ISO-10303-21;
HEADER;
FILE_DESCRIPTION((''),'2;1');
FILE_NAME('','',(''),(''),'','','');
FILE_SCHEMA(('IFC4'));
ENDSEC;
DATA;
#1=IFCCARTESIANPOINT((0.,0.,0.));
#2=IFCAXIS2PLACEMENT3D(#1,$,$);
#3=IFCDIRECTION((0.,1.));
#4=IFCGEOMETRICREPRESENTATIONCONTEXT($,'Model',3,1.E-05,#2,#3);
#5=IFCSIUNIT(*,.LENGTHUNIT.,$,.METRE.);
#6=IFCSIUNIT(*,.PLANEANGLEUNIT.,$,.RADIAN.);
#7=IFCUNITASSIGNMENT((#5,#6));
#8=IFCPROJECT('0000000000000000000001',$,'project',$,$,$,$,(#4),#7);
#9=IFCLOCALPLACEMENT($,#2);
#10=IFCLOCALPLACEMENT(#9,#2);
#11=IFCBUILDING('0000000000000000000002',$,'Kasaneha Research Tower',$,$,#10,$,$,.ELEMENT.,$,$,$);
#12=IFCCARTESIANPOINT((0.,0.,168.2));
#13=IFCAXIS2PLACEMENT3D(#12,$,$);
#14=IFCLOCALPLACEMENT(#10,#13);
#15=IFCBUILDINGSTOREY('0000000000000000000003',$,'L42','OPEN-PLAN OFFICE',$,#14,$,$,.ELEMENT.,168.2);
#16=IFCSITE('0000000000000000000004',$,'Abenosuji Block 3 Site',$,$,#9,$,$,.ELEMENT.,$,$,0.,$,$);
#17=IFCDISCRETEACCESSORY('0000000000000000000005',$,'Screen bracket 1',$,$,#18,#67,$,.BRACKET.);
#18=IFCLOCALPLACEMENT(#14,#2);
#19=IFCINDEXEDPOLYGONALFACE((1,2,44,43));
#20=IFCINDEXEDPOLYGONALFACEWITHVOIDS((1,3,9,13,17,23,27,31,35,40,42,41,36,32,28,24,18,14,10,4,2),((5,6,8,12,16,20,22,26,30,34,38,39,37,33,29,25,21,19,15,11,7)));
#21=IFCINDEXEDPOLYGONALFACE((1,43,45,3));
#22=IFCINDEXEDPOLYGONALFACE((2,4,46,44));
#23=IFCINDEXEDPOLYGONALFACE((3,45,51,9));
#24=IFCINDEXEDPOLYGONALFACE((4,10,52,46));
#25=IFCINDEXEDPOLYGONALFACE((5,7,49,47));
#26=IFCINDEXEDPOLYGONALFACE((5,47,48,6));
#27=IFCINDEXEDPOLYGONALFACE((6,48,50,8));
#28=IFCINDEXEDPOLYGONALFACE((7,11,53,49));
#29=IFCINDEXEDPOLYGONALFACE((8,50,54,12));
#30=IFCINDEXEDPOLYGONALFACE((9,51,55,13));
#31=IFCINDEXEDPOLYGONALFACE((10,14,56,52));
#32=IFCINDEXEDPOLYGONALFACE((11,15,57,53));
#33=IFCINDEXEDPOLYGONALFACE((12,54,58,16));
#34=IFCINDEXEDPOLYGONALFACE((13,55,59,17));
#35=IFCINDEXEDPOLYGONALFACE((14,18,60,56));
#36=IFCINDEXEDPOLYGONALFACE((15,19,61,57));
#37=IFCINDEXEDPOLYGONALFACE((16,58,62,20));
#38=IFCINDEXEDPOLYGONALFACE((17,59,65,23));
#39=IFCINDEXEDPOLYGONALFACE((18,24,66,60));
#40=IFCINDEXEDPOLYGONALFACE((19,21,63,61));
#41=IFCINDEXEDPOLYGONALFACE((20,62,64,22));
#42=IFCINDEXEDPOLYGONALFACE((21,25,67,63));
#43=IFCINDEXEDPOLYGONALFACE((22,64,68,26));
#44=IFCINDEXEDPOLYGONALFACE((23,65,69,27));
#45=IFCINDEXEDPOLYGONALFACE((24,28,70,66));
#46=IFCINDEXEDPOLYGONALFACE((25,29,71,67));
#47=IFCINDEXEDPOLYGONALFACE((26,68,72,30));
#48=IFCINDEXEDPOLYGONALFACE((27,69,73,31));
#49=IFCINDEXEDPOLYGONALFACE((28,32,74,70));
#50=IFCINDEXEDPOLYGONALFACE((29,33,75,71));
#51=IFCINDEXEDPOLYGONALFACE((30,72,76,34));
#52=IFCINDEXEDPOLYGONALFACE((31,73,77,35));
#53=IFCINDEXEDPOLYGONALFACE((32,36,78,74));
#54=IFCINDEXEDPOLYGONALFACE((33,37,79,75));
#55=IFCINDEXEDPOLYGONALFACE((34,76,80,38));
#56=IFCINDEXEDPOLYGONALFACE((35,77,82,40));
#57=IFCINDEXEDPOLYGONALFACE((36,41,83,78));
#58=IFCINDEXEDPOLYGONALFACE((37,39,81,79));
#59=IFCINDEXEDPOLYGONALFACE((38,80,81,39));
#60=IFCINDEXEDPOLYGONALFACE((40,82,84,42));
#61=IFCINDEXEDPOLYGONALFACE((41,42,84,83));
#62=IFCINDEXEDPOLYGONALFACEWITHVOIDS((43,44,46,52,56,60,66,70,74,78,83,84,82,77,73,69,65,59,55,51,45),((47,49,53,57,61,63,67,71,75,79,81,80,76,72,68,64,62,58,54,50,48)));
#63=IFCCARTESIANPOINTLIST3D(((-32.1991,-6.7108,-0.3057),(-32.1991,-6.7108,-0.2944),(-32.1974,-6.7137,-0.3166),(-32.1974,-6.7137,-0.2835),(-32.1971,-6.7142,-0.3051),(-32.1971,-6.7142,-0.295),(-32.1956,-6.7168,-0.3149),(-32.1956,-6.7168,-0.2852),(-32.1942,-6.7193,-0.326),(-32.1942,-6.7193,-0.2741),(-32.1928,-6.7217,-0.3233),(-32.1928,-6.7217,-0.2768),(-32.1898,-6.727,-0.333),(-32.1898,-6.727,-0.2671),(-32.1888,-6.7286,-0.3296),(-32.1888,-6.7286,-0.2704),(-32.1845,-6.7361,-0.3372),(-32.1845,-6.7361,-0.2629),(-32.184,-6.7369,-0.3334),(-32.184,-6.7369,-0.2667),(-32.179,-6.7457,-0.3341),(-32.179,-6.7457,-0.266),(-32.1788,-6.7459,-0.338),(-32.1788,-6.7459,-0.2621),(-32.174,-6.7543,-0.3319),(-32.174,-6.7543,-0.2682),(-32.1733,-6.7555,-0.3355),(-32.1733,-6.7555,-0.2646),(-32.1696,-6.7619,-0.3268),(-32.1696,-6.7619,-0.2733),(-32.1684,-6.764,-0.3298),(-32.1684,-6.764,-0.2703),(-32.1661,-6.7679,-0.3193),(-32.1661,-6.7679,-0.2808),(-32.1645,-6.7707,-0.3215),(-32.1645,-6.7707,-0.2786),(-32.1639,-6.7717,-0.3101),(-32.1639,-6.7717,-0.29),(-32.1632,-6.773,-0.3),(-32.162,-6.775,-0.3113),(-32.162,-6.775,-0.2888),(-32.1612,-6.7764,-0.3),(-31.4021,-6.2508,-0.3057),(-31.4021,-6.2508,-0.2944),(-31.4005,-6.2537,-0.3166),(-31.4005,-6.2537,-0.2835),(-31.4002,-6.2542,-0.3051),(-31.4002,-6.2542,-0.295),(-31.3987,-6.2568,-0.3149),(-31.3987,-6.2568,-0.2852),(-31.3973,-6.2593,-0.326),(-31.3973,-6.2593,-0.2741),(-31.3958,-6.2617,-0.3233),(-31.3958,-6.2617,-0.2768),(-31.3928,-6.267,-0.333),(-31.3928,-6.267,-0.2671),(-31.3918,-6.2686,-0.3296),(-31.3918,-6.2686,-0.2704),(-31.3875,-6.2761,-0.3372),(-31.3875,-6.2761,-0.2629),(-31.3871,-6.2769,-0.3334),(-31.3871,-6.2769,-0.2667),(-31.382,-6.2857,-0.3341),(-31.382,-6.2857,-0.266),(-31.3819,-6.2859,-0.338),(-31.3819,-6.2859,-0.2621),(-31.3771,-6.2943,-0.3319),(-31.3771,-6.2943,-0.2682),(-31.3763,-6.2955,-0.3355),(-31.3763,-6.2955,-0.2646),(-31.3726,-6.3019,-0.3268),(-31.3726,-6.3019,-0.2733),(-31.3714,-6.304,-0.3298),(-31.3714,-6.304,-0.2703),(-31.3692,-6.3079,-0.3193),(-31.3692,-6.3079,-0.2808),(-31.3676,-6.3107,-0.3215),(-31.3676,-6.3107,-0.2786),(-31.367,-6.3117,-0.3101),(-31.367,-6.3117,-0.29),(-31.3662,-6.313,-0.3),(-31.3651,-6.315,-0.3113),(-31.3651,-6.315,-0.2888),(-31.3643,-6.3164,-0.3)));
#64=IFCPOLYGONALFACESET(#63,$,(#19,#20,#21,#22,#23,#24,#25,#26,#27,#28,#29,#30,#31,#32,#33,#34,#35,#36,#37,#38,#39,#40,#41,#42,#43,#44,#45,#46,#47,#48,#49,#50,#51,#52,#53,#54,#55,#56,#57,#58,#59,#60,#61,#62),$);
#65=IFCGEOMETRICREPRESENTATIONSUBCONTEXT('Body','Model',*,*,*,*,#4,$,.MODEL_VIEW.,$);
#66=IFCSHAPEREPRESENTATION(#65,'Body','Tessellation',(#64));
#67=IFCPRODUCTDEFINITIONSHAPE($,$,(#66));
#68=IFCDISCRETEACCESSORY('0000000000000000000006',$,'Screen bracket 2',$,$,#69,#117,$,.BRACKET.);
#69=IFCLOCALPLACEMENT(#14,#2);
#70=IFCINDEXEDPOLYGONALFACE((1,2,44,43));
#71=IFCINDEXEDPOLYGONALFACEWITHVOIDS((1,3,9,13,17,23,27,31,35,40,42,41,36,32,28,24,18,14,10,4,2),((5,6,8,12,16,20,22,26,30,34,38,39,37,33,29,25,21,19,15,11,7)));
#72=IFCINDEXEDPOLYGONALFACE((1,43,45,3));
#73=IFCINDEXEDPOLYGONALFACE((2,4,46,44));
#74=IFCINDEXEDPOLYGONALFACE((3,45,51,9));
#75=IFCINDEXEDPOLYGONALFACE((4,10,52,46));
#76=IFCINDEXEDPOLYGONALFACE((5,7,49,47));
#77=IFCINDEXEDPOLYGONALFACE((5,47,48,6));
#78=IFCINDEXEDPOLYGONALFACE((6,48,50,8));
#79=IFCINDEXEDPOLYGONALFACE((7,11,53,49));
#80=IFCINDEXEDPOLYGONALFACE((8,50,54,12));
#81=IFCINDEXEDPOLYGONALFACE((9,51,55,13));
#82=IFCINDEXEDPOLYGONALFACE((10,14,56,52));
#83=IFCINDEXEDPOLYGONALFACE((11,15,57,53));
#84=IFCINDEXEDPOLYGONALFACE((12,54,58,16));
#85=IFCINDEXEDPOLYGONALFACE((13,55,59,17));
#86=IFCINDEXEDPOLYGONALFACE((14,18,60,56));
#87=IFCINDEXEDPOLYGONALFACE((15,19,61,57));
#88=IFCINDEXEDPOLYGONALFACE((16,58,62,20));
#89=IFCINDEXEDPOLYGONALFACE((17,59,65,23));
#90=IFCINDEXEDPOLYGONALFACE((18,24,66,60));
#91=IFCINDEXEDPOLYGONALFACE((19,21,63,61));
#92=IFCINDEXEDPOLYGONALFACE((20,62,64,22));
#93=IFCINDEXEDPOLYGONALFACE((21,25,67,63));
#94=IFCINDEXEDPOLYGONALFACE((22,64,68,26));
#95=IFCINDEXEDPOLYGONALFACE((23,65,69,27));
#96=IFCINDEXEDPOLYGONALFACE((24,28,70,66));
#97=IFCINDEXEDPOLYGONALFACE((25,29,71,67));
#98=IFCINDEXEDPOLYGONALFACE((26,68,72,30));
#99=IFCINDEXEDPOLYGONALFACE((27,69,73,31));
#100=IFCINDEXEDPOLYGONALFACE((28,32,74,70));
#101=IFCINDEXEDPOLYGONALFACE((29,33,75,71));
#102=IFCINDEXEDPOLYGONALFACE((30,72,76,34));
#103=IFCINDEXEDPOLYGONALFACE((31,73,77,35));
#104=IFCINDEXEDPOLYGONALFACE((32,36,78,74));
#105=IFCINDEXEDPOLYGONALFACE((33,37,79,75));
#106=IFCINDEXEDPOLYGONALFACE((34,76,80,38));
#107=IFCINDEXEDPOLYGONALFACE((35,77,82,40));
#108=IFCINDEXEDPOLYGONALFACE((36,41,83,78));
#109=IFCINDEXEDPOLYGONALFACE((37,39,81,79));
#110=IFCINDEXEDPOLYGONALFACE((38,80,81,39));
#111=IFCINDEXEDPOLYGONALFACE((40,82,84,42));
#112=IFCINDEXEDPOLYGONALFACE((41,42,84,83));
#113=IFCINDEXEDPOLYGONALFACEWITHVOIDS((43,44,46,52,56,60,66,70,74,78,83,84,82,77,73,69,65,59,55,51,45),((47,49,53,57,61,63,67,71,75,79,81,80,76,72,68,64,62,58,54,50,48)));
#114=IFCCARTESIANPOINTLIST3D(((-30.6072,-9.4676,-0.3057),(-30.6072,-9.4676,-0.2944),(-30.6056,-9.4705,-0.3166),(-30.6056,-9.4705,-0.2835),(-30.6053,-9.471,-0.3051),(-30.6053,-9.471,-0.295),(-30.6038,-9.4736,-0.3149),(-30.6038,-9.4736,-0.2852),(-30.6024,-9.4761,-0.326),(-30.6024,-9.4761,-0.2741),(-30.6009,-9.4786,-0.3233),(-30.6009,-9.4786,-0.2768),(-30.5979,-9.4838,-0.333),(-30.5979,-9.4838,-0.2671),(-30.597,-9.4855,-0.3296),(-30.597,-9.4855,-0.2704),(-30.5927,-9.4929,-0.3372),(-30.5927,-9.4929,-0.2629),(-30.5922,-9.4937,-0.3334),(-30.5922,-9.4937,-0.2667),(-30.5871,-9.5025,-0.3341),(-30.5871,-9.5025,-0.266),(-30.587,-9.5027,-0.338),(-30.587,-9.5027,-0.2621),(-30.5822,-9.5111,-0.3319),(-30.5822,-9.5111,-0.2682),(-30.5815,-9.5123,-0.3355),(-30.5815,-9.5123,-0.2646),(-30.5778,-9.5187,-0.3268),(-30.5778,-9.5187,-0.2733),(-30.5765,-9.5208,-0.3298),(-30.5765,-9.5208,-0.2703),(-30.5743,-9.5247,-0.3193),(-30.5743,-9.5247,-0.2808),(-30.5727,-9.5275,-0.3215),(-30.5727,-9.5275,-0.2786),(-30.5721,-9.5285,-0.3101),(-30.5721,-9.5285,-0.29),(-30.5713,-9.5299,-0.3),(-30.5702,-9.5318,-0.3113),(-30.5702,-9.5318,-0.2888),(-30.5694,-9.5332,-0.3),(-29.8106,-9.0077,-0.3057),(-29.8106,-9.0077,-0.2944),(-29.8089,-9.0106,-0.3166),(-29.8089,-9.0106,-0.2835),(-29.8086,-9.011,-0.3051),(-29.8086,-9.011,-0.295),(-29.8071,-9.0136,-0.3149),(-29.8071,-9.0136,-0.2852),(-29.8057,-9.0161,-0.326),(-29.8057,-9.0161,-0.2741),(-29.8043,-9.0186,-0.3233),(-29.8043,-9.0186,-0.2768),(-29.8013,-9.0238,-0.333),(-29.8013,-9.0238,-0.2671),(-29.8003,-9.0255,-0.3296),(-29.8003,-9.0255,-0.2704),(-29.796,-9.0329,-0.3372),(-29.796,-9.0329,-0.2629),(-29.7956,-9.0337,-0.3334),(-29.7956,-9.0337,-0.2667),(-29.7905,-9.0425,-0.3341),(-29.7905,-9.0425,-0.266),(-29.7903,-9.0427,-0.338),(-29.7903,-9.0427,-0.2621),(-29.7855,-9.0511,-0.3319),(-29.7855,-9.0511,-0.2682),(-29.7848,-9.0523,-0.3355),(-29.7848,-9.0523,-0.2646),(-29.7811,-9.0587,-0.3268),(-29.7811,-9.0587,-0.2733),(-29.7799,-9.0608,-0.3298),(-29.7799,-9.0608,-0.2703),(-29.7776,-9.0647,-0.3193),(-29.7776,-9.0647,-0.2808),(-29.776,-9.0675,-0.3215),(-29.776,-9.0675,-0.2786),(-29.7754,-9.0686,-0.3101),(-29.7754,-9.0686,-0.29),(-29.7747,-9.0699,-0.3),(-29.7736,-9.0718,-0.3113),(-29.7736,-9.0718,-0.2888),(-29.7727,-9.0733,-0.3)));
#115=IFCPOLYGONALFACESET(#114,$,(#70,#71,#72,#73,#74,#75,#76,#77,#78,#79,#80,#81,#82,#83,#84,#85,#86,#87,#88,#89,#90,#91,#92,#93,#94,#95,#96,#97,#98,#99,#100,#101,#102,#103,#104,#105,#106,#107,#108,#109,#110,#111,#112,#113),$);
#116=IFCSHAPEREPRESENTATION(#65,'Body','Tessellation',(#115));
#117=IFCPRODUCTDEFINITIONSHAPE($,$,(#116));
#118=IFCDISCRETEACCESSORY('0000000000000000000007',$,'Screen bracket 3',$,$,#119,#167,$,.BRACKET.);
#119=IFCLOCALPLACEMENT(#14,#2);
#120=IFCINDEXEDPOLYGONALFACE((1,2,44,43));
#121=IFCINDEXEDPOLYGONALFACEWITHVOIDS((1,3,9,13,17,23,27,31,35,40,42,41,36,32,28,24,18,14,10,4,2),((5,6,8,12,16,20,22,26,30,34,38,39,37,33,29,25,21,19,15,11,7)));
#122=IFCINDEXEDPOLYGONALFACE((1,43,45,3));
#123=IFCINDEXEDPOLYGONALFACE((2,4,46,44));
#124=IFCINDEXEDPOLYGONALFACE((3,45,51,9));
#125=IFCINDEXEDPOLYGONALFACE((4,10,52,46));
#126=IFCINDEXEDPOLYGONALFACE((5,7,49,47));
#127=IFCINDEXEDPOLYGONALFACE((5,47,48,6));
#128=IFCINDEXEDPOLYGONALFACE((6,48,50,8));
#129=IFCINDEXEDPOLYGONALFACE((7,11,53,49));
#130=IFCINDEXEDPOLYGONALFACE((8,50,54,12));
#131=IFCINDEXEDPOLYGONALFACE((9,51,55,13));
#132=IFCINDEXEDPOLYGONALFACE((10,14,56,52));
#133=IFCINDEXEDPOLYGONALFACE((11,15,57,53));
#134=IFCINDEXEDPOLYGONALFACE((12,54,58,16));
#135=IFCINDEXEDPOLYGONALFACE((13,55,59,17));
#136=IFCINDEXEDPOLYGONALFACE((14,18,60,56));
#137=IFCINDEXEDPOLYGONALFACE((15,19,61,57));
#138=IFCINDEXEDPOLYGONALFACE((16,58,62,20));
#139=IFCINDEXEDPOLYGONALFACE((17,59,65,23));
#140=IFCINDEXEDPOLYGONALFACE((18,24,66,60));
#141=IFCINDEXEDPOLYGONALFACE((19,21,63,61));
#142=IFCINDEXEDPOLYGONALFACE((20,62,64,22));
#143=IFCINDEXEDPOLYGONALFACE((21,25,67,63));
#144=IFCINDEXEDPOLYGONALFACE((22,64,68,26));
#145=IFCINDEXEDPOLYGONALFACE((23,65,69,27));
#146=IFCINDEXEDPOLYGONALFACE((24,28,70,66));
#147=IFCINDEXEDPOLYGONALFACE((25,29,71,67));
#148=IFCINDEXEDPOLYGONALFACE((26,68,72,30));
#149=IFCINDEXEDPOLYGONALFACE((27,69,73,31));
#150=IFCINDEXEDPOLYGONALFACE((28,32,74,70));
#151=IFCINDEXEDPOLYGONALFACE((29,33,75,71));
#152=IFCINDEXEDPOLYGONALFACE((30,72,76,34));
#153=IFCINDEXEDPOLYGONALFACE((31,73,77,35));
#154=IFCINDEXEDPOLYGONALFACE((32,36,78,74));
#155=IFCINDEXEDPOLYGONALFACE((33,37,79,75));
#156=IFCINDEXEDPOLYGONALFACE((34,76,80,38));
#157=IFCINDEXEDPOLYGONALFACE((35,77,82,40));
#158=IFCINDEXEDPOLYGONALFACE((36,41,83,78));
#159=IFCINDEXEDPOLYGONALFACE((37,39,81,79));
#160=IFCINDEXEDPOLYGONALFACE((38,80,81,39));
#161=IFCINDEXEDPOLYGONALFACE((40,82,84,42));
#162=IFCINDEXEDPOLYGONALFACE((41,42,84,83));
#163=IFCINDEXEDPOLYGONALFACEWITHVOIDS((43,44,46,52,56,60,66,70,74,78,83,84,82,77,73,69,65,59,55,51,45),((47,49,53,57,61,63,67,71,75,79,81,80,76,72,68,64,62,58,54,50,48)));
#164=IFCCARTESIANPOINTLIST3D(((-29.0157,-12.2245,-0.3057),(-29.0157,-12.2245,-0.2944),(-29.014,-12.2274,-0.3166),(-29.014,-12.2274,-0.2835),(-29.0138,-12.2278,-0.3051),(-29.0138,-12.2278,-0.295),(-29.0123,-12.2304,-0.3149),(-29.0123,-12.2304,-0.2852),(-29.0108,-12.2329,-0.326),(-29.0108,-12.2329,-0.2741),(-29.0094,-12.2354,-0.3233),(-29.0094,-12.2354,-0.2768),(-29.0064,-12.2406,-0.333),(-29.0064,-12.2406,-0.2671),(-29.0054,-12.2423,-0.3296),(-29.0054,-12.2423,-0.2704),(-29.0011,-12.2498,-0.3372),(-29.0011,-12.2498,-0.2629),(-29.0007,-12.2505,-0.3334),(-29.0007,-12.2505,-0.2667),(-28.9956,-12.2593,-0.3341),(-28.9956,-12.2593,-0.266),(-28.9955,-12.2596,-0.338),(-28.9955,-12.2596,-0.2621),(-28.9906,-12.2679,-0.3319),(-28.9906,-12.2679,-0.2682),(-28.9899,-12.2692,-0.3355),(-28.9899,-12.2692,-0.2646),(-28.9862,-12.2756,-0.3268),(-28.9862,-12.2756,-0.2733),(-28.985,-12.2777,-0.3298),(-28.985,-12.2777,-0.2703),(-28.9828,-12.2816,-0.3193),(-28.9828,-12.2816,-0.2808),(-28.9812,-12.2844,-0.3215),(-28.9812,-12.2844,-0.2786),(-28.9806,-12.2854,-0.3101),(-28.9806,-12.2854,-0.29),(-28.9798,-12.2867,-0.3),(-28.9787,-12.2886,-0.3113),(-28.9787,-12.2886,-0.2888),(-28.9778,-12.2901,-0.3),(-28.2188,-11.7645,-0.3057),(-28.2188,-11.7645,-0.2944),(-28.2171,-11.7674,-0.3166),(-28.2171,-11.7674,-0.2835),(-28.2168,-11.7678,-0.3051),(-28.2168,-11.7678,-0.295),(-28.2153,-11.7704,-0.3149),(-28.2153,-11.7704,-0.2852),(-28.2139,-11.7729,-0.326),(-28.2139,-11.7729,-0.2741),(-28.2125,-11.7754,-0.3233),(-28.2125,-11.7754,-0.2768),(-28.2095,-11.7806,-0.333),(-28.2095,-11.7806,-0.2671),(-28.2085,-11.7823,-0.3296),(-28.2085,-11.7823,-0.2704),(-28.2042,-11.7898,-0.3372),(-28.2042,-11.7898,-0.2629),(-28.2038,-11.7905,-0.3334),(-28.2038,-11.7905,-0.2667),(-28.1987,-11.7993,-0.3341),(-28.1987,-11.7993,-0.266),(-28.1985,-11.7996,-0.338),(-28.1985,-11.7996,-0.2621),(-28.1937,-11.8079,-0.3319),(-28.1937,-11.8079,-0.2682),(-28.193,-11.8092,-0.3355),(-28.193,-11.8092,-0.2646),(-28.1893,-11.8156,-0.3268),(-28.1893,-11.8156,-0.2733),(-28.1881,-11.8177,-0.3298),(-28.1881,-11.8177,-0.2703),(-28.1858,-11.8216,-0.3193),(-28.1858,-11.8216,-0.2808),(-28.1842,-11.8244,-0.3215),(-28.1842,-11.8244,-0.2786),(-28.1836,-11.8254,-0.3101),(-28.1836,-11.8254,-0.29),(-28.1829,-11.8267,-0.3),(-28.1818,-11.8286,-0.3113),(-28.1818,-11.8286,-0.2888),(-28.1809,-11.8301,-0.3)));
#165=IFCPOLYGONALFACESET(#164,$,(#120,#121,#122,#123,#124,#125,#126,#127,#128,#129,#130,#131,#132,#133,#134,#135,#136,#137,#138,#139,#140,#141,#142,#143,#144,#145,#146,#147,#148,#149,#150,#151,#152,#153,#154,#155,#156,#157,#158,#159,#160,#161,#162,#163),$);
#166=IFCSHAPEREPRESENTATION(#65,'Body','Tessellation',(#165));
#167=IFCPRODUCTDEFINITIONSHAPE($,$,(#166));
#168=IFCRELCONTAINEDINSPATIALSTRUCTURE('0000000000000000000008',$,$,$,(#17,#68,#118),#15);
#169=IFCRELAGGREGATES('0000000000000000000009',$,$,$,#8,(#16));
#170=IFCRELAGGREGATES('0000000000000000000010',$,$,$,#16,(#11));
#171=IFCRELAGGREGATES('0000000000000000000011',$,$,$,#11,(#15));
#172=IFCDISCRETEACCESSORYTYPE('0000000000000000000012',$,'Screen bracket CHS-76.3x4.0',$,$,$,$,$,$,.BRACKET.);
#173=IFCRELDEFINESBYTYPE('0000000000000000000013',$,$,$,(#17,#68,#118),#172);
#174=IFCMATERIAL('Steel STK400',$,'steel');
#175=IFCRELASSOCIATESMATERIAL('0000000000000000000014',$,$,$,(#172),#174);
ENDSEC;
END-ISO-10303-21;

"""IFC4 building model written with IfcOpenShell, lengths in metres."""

from ifc_helpers import new_model, si_unit, direction, frame, origin, origin_2d, place, context, subcontext, project, spatial, hollow_circle, extrude, material, material_profile, profile_set, type_object, element, save


model = new_model("IFC4")

# Units and contexts
model_context = context("Model", 3, precision=1e-05, world=origin(), true_north=direction((0.0, 1.0)))
body_context = subcontext(model_context, "Body", "Model", "MODEL_VIEW")
ifc_project = project(units=[si_unit("LENGTHUNIT", "METRE"), si_unit("PLANEANGLEUNIT", "RADIAN")], contexts=[model_context])

# Site, building, storey
site_placement = place(None, origin())
site = spatial("IfcSite", under=ifc_project, at=site_placement, Name="Abenosuji Block 3 Site", CompositionType="ELEMENT", RefElevation=0.0)
building_placement = place(site_placement, origin())
building = spatial("IfcBuilding", under=site, at=building_placement, Name="Kasaneha Research Tower", CompositionType="ELEMENT")
storey_placement = place(building_placement, frame((0.0, 0.0, 168.2)))
storey = spatial("IfcBuildingStorey", under=building, at=storey_placement, Name="L42", Description="OPEN-PLAN OFFICE", CompositionType="ELEMENT", Elevation=168.2)

# Discrete accessories
ifc_material_1 = material(Name="Steel STK400", Category="steel")
ifc_material_profile_1 = material_profile(ifc_material_1, hollow_circle(Radius=0.0381, WallThickness=0.0039, at=origin_2d()), Name="CHS-76.3x4.0")
ifc_profile_set_1 = profile_set([ifc_material_profile_1], Name="Steel STK400")
discrete_accessory_type = type_object("IfcDiscreteAccessoryType", Name="Screen bracket CHS-76.3x4.0", PredefinedType="BRACKET", material=ifc_profile_set_1)
discrete_accessory_1_placement = place(storey_placement, frame((-31.3833, -6.2834, -0.3), z_axis=(-0.86608, -0.499906, 0.0), x_axis=(0.499906, -0.86608, 0.0)))
element("IfcDiscreteAccessory", 1, at=discrete_accessory_1_placement, inside=storey, type_object=discrete_accessory_type, Name="Screen bracket 1", PredefinedType="BRACKET", context=body_context, shape_type="SweptSolid", body=[
    extrude(hollow_circle(Radius=0.0381, WallThickness=0.0039, at=origin_2d()), origin(), (0.0, 0.0, 1.0), 0.9202),
])
discrete_accessory_2_placement = place(storey_placement, frame((-29.7917, -9.0403, -0.3), z_axis=(-0.866013, -0.500021, 0.0), x_axis=(0.500021, -0.866013, 0.0)))
element("IfcDiscreteAccessory", 2, at=discrete_accessory_2_placement, inside=storey, type_object=discrete_accessory_type, Name="Screen bracket 2", PredefinedType="BRACKET", context=body_context, shape_type="SweptSolid", body=[
    extrude(hollow_circle(Radius=0.0381, WallThickness=0.0039, at=origin_2d()), origin(), (0.0, 0.0, 1.0), 0.9199),
])
discrete_accessory_3_placement = place(storey_placement, frame((-28.2, -11.7971, -0.3), z_axis=(-0.86608, -0.499906, 0.0), x_axis=(0.499906, -0.86608, 0.0)))
element("IfcDiscreteAccessory", 3, at=discrete_accessory_3_placement, inside=storey, type_object=discrete_accessory_type, Name="Screen bracket 3", PredefinedType="BRACKET", context=body_context, shape_type="SweptSolid", body=[
    extrude(hollow_circle(Radius=0.0381, WallThickness=0.0039, at=origin_2d()), origin(), (0.0, 0.0, 1.0), 0.9202),
])

save(model, "model.ifc")
